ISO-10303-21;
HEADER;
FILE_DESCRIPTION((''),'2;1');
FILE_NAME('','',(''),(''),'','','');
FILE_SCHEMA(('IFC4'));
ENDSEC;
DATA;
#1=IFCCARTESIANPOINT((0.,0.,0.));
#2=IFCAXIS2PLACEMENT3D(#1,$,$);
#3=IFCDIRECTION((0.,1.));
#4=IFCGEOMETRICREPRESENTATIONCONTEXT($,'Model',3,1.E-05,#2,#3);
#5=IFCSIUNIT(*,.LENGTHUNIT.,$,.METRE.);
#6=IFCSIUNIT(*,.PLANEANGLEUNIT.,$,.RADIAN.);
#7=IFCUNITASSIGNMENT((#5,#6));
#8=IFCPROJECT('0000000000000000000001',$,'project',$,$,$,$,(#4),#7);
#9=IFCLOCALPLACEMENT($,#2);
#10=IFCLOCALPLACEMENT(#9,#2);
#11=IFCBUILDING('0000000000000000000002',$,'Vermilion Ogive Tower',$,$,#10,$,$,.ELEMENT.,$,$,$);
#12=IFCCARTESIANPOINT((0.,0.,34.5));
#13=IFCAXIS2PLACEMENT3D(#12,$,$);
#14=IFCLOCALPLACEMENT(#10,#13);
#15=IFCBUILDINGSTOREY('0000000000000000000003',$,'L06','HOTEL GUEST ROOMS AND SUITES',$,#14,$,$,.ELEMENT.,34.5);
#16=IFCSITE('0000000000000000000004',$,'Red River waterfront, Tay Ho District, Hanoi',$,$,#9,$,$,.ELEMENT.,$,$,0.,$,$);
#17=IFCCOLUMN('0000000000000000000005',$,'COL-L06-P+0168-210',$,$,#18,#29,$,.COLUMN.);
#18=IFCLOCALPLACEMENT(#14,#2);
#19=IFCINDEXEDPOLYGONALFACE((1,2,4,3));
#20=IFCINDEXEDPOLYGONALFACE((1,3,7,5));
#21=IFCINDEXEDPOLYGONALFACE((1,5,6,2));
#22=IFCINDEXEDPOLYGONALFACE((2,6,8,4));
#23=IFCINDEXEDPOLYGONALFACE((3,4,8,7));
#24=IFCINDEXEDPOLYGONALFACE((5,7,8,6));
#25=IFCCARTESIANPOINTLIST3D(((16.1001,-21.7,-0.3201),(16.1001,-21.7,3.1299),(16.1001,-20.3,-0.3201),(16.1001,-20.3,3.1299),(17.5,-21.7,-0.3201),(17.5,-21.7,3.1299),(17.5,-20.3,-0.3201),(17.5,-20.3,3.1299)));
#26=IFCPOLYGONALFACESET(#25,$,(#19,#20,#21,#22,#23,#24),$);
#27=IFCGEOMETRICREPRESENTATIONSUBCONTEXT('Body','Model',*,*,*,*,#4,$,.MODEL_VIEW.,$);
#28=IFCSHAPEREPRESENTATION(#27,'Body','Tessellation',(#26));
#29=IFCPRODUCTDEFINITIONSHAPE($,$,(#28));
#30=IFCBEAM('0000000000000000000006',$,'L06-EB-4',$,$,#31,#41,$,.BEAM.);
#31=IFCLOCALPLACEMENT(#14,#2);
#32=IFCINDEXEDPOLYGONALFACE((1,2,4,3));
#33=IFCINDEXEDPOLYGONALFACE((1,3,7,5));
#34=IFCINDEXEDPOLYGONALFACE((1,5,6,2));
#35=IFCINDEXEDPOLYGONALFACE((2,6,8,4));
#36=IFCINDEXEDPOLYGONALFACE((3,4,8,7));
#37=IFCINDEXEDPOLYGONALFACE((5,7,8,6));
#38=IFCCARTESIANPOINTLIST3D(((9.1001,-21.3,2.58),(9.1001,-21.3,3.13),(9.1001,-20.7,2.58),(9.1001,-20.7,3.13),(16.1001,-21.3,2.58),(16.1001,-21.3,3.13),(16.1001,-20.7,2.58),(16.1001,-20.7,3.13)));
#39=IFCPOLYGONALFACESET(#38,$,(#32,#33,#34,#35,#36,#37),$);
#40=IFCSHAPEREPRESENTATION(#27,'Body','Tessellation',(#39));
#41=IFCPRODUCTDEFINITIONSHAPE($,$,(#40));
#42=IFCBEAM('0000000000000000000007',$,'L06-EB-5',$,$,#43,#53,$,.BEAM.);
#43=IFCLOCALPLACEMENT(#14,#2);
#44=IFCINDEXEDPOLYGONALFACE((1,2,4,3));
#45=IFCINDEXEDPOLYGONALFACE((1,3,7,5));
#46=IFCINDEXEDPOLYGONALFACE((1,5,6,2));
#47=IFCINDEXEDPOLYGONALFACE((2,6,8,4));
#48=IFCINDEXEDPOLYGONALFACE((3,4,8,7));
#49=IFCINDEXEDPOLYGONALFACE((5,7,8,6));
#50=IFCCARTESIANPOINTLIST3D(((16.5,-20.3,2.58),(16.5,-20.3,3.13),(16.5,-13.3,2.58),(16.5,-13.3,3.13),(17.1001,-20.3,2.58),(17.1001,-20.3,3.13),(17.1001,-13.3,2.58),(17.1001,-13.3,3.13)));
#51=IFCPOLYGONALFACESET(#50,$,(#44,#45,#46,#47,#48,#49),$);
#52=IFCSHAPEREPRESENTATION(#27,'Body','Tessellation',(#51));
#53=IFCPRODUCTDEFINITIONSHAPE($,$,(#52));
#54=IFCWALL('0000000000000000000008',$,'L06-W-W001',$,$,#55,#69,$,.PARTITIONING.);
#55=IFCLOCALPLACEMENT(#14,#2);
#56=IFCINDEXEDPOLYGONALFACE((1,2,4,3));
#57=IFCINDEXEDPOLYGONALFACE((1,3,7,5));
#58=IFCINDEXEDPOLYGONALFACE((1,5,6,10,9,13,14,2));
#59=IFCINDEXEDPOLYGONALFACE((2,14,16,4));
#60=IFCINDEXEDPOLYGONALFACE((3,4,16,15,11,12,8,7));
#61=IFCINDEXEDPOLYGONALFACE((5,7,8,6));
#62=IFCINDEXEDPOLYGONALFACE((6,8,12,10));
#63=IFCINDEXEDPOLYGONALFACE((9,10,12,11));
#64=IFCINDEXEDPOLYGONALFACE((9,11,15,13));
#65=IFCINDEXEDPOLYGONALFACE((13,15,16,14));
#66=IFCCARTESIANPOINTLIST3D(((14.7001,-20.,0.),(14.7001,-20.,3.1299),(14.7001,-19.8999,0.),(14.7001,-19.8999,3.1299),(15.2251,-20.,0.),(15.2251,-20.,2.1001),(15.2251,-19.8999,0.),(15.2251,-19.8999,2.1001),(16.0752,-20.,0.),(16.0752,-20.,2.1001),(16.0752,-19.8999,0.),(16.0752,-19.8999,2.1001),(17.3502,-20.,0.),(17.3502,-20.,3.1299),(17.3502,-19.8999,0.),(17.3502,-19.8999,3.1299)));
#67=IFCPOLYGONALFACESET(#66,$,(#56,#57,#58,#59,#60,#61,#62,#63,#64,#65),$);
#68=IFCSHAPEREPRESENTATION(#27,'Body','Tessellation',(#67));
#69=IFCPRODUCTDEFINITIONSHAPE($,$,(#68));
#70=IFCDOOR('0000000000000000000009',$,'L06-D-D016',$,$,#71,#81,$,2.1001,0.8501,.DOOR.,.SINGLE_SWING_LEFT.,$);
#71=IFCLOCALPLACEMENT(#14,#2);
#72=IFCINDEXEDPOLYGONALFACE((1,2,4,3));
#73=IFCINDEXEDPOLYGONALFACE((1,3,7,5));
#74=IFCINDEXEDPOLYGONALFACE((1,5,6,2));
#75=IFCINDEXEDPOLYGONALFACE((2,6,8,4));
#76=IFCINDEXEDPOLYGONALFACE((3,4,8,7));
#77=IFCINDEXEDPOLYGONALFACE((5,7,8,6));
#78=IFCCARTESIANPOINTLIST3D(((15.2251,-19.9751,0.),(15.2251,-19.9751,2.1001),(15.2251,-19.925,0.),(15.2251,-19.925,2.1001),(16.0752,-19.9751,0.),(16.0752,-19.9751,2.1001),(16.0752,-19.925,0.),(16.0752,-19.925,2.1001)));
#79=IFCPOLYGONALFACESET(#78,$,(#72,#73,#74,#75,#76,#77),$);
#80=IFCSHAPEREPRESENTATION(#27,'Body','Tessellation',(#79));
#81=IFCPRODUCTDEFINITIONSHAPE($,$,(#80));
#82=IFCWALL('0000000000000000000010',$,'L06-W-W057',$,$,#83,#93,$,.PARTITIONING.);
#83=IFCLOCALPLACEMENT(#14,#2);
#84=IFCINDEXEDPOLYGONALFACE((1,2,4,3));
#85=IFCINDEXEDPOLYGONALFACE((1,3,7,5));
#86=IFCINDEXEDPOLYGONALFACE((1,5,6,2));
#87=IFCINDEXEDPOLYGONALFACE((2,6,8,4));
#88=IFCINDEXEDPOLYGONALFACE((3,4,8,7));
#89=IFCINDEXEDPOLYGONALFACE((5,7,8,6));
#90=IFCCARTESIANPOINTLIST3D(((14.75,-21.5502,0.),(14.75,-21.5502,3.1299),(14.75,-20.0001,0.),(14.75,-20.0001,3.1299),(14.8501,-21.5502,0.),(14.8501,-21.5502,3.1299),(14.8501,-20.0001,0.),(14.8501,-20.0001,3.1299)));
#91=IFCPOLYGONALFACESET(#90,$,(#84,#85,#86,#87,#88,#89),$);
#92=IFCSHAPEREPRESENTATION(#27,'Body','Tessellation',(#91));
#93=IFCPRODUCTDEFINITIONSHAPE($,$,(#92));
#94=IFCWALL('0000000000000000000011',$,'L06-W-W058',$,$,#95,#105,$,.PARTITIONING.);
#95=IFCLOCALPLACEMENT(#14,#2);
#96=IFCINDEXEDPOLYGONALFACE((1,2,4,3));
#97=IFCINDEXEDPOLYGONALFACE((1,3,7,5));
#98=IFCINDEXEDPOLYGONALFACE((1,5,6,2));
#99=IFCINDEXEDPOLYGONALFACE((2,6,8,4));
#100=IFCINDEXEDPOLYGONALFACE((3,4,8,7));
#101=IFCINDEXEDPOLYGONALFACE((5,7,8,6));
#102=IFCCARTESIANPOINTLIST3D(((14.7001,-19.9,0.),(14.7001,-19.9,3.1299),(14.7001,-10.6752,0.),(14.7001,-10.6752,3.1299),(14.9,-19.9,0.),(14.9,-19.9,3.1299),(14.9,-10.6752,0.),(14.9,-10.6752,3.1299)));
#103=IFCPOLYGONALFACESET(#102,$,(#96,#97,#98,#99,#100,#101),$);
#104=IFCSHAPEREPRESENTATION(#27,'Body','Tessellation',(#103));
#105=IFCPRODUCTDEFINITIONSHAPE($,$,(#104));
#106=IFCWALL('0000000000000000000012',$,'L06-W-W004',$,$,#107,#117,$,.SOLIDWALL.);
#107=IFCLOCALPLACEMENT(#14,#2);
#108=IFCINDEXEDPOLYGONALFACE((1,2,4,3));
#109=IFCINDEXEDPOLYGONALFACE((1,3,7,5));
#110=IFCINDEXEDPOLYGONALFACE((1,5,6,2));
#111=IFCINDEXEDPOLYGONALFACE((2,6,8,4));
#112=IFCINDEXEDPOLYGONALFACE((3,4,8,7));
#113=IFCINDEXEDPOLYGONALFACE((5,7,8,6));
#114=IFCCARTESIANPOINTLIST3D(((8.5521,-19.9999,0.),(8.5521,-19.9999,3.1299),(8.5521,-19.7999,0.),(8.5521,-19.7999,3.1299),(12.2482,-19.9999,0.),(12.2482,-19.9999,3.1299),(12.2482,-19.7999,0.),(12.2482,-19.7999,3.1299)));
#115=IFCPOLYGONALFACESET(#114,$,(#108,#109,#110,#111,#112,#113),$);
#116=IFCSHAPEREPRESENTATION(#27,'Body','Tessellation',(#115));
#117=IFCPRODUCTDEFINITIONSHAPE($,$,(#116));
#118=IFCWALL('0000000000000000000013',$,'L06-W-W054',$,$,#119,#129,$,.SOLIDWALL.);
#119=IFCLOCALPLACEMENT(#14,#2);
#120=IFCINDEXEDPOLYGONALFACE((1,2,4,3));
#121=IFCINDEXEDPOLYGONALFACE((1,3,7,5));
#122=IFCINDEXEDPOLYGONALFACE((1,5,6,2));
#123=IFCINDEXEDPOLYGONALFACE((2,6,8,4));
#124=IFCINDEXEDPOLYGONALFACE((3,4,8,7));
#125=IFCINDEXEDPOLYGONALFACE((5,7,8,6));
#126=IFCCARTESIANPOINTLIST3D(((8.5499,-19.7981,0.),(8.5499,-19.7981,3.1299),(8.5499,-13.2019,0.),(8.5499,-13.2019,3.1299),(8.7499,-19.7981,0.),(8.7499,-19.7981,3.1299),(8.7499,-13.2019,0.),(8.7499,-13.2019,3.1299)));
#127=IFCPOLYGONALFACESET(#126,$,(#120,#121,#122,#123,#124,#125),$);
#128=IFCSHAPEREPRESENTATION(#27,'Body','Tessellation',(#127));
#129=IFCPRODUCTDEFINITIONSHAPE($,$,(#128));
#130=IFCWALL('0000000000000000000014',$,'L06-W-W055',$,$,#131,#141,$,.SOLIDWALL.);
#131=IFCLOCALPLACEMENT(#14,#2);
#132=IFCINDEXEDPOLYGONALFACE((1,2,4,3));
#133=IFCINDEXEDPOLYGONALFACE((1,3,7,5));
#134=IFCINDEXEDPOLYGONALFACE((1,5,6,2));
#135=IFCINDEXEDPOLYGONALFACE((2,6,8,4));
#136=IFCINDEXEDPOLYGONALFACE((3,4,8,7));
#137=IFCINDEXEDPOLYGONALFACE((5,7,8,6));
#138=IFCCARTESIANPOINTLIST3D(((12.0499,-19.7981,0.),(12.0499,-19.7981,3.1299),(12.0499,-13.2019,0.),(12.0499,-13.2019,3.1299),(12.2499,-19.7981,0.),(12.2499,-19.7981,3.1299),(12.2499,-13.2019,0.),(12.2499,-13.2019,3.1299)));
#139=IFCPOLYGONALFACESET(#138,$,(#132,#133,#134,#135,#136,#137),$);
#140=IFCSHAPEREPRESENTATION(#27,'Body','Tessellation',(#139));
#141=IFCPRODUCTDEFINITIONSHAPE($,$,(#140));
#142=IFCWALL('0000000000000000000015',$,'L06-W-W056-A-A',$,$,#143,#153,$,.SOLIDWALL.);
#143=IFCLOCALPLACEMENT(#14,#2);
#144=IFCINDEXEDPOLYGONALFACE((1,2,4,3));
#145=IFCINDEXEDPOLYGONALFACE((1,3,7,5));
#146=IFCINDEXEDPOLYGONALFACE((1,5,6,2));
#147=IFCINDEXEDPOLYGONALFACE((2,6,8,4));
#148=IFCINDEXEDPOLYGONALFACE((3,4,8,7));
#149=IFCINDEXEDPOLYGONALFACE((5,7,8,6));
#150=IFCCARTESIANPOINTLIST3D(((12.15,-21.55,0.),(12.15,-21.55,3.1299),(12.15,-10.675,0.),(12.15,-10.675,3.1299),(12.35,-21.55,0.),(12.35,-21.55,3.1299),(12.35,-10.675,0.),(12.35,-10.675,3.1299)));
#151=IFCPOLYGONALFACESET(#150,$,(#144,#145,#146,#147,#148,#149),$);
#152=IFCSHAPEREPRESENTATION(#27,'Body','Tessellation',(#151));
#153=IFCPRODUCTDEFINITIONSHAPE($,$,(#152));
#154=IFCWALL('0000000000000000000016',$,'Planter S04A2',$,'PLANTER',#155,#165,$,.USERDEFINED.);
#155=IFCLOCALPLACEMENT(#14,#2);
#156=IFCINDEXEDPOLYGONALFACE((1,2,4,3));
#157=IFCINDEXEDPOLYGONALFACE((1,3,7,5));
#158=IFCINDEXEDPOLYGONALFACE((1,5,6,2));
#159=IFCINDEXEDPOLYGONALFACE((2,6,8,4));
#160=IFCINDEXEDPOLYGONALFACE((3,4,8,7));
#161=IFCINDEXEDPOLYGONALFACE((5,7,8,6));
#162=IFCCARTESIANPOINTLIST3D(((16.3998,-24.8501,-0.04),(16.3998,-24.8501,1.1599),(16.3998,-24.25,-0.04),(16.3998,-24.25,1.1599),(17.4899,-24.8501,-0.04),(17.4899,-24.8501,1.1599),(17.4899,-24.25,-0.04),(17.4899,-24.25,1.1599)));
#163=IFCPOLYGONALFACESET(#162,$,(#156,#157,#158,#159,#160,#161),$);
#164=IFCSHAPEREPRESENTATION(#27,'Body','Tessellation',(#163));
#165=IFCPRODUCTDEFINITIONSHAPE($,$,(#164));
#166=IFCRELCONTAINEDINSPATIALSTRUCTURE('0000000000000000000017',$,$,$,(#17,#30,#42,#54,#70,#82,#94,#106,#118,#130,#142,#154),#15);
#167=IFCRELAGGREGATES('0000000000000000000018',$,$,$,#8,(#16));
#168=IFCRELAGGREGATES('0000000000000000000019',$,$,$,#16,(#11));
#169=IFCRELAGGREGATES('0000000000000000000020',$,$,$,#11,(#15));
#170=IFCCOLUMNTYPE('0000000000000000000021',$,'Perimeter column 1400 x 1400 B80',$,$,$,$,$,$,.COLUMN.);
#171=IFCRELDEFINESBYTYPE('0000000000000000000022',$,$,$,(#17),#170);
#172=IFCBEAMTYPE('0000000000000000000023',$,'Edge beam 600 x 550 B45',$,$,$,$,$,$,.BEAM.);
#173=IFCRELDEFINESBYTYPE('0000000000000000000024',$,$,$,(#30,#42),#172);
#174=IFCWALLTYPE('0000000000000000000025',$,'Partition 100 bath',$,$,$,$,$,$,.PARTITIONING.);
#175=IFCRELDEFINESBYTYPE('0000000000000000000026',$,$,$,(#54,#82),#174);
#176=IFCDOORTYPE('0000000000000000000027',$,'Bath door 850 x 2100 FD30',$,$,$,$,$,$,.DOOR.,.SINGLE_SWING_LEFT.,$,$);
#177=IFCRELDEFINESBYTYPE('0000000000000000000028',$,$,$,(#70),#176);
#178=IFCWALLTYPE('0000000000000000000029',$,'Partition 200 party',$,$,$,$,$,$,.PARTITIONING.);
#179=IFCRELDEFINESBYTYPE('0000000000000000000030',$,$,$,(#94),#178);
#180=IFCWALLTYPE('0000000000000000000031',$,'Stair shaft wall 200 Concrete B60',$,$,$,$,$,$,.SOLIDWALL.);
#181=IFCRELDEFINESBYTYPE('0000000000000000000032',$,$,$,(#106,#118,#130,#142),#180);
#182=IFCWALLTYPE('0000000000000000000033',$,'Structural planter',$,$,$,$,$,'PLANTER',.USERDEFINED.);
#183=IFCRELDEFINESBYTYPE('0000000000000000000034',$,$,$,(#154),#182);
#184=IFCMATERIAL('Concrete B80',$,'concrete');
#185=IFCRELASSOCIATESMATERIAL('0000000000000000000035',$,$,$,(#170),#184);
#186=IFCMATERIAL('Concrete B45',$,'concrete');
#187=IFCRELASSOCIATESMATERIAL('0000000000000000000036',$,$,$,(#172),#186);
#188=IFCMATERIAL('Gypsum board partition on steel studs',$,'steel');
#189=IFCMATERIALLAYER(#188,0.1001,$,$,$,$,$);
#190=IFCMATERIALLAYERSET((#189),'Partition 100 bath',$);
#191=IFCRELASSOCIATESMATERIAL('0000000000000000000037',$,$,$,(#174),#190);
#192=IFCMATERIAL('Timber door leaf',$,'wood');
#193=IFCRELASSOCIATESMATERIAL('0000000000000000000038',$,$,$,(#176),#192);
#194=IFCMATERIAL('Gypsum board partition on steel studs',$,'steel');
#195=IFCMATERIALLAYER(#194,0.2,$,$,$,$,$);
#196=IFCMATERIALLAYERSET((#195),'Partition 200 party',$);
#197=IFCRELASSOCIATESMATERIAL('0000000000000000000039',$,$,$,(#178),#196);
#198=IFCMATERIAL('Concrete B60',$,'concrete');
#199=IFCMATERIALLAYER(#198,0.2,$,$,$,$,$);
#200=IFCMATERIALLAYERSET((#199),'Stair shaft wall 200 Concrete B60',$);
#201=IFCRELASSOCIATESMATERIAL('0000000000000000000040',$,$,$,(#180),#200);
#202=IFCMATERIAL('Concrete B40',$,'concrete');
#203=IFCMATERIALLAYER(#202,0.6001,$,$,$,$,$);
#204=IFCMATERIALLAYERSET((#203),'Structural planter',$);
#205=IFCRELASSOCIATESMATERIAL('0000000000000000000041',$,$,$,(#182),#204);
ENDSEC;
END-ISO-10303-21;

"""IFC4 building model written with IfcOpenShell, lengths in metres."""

from ifc_helpers import new_model, si_unit, direction, frame, frame_2d, origin, origin_2d, place, context, subcontext, project, spatial, rectangle, extrude, material, layer, layer_set, material_profile, profile_set, type_object, element, fill, save


model = new_model("IFC4")

# Units and contexts
model_context = context("Model", 3, precision=1e-05, world=origin(), true_north=direction((0.0, 1.0)))
body_context = subcontext(model_context, "Body", "Model", "MODEL_VIEW")
ifc_project = project(units=[si_unit("LENGTHUNIT", "METRE"), si_unit("PLANEANGLEUNIT", "RADIAN")], contexts=[model_context])

# Site, building, storey
site_placement = place(None, origin())
site = spatial("IfcSite", under=ifc_project, at=site_placement, Name="Red River waterfront, Tay Ho District, Hanoi", CompositionType="ELEMENT", RefElevation=0.0)
building_placement = place(site_placement, origin())
building = spatial("IfcBuilding", under=site, at=building_placement, Name="Vermilion Ogive Tower", CompositionType="ELEMENT")
storey_placement = place(building_placement, frame((0.0, 0.0, 34.5)))
storey = spatial("IfcBuildingStorey", under=building, at=storey_placement, Name="L06", Description="HOTEL GUEST ROOMS AND SUITES", CompositionType="ELEMENT", Elevation=34.5)

# Column
ifc_material_1 = material(Name="Concrete B80", Category="concrete")
ifc_material_profile_1 = material_profile(ifc_material_1, rectangle(XDim=1.3999, YDim=1.3999, at=origin_2d()), Name="1400 x 1400")
ifc_profile_set_1 = profile_set([ifc_material_profile_1], Name="Concrete B80")
column_type = type_object("IfcColumnType", Name="Perimeter column 1400 x 1400 B80", PredefinedType="COLUMN", material=ifc_profile_set_1)
column_placement = place(storey_placement, frame((16.8, -21.0, -0.3201), z_axis=(0.0, 0.0, 1.0), x_axis=(1.0, 0.0, 0.0)))
element("IfcColumn", 1, at=column_placement, inside=storey, type_object=column_type, Name="COL-L06-P+0168-210", PredefinedType="COLUMN", context=body_context, shape_type="SweptSolid", body=[
    extrude(rectangle(XDim=1.3999, YDim=1.3999, at=origin_2d()), origin(), (0.0, 0.0, 1.0), 3.45),
])

# Beams
ifc_material_2 = material(Name="Concrete B45", Category="concrete")
ifc_material_profile_2 = material_profile(ifc_material_2, rectangle(XDim=0.6001, YDim=0.55, at=origin_2d()), Name="600 x 550")
ifc_profile_set_2 = profile_set([ifc_material_profile_2], Name="Concrete B45")
beam_type = type_object("IfcBeamType", Name="Edge beam 600 x 550 B45", PredefinedType="BEAM", material=ifc_profile_set_2)
for number, where, z_axis, x_axis, name in (
    (2, (9.1001, -21.0, 2.855), (1.0, 0.0, 0.0), (0.0, 1.0, 0.0), "L06-EB-4"),
    (3, (16.8, -20.3, 2.855), (0.0, 1.0, 0.0), (-1.0, 0.0, 0.0), "L06-EB-5"),
):
    element("IfcBeam", number, at=place(storey_placement, frame(where, z_axis=z_axis, x_axis=x_axis)), inside=storey, type_object=beam_type, Name=name, PredefinedType="BEAM", context=body_context, shape_type="SweptSolid", body=[
        extrude(rectangle(XDim=0.6001, YDim=0.55, at=origin_2d()), origin(), (0.0, 0.0, 1.0), 7.0),
    ])

# Wall, opening, door
ifc_material_3 = material(Name="Gypsum board partition on steel studs", Category="steel")
ifc_layer_1 = layer(ifc_material_3, 0.1001)
ifc_layer_set_1 = layer_set([ifc_layer_1], Name="Partition 100 bath")
wall_type_1 = type_object("IfcWallType", Name="Partition 100 bath", PredefinedType="PARTITIONING", material=ifc_layer_set_1)
wall_1_placement = place(storey_placement, frame((14.7, -19.95, 0.0), z_axis=(0.0, 0.0, 1.0), x_axis=(1.0, 0.0, 0.0)))
wall_1 = element("IfcWall", 4, at=wall_1_placement, inside=storey, type_object=wall_type_1, Name="L06-W-W001", PredefinedType="PARTITIONING", context=body_context, shape_type="SweptSolid", body=[
    extrude(rectangle(XDim=2.6501, YDim=0.1001, at=frame_2d((1.3252, 0.0))), origin(), (0.0, 0.0, 1.0), 3.1299),
])
opening_1_placement = place(wall_1_placement, frame((0.5251, 0.0, 0.0)))
opening_1 = element("IfcOpeningElement", 5, at=opening_1_placement, cuts=wall_1, PredefinedType="OPENING", context=body_context, shape_type="SweptSolid", body=[
    extrude(rectangle(XDim=0.8501, YDim=2.1001, at=frame_2d((0.425, 1.05))), frame((0.0, 0.0601, 0.0), z_axis=(0.0, -1.0, 0.0), x_axis=(1.0, 0.0, 0.0)), (0.0, 0.0, 1.0), 0.1201),
])
ifc_material_4 = material(Name="Timber door leaf", Category="wood")
door_type_1 = type_object("IfcDoorType", Name="Bath door 850 x 2100 FD30", OperationType="SINGLE_SWING_LEFT", PredefinedType="DOOR", material=ifc_material_4)
door_1_placement = place(opening_1_placement, origin())
door_1 = element("IfcDoor", 6, at=door_1_placement, inside=storey, type_object=door_type_1, Name="L06-D-D016", OperationType="SINGLE_SWING_LEFT", OverallHeight=2.1001, OverallWidth=0.8501, PredefinedType="DOOR", context=body_context, shape_type="SweptSolid", body=[
    extrude(rectangle(XDim=0.8501, YDim=2.1001, at=frame_2d((0.425, 1.05))), frame((0.0, 0.0249, 0.0), z_axis=(0.0, -1.0, 0.0), x_axis=(1.0, 0.0, 0.0)), (0.0, 0.0, 1.0), 0.05),
])
fill(opening_1, door_1)

# Walls
wall_2_placement = place(storey_placement, frame((14.8, -21.55, 0.0), z_axis=(0.0, 0.0, 1.0), x_axis=(0.0, 1.0, 0.0)))
element("IfcWall", 7, at=wall_2_placement, inside=storey, type_object=wall_type_1, Name="L06-W-W057", PredefinedType="PARTITIONING", context=body_context, shape_type="SweptSolid", body=[
    extrude(rectangle(XDim=1.55, YDim=0.1001, at=frame_2d((0.7749, 0.0))), origin(), (0.0, 0.0, 1.0), 3.1299),
])
ifc_material_5 = material(Name="Gypsum board partition on steel studs", Category="steel")
ifc_layer_2 = layer(ifc_material_5, 0.2)
ifc_layer_set_2 = layer_set([ifc_layer_2], Name="Partition 200 party")
wall_type_2 = type_object("IfcWallType", Name="Partition 200 party", PredefinedType="PARTITIONING", material=ifc_layer_set_2)
wall_3_placement = place(storey_placement, frame((14.8, -19.8999, 0.0), z_axis=(0.0, 0.0, 1.0), x_axis=(0.0, 1.0, 0.0)))
element("IfcWall", 8, at=wall_3_placement, inside=storey, type_object=wall_type_2, Name="L06-W-W058", PredefinedType="PARTITIONING", context=body_context, shape_type="SweptSolid", body=[
    extrude(rectangle(XDim=9.2249, YDim=0.2, at=frame_2d((4.6123, 0.0))), origin(), (0.0, 0.0, 1.0), 3.1299),
])
ifc_material_6 = material(Name="Concrete B60", Category="concrete")
ifc_layer_3 = layer(ifc_material_6, 0.2)
ifc_layer_set_3 = layer_set([ifc_layer_3], Name="Stair shaft wall 200 Concrete B60")
wall_type_3 = type_object("IfcWallType", Name="Stair shaft wall 200 Concrete B60", PredefinedType="SOLIDWALL", material=ifc_layer_set_3)
wall_4_placement = place(storey_placement, frame((8.552, -19.8999, 0.0), z_axis=(0.0, 0.0, 1.0), x_axis=(1.0, 0.0, 0.0)))
element("IfcWall", 9, at=wall_4_placement, inside=storey, type_object=wall_type_3, Name="L06-W-W004", PredefinedType="SOLIDWALL", context=body_context, shape_type="SweptSolid", body=[
    extrude(rectangle(XDim=3.696, YDim=0.2, at=frame_2d((1.8481, 0.0))), origin(), (0.0, 0.0, 1.0), 3.1299),
])
for number, where, z_axis, x_axis, name in (
    (10, (8.6499, -19.7981, 0.0), (0.0, 0.0, 1.0), (0.0, 1.0, 0.0), "L06-W-W054"),
    (11, (12.1499, -19.7981, 0.0), (0.0, 0.0, 1.0), (0.0, 1.0, 0.0), "L06-W-W055"),
):
    element("IfcWall", number, at=place(storey_placement, frame(where, z_axis=z_axis, x_axis=x_axis)), inside=storey, type_object=wall_type_3, Name=name, PredefinedType="SOLIDWALL", context=body_context, shape_type="SweptSolid", body=[
        extrude(rectangle(XDim=6.5962, YDim=0.2, at=frame_2d((3.2981, 0.0))), origin(), (0.0, 0.0, 1.0), 3.1299),
    ])
wall_5_placement = place(storey_placement, frame((12.25, -21.55, 0.0), z_axis=(0.0, 0.0, 1.0), x_axis=(0.0, 1.0, 0.0)))
element("IfcWall", 12, at=wall_5_placement, inside=storey, type_object=wall_type_3, Name="L06-W-W056-A-A", PredefinedType="SOLIDWALL", context=body_context, shape_type="SweptSolid", body=[
    extrude(rectangle(XDim=10.875, YDim=0.2, at=frame_2d((5.4375, 0.0))), origin(), (0.0, 0.0, 1.0), 3.1299),
])
ifc_material_7 = material(Name="Concrete B40", Category="concrete")
ifc_layer_4 = layer(ifc_material_7, 0.6001)
ifc_layer_set_4 = layer_set([ifc_layer_4], Name="Structural planter")
wall_type_4 = type_object("IfcWallType", Name="Structural planter", ElementType="PLANTER", PredefinedType="USERDEFINED", material=ifc_layer_set_4)
wall_6_placement = place(storey_placement, frame((16.3999, -24.55, -0.04), z_axis=(0.0, 0.0, 1.0), x_axis=(1.0, 0.0, 0.0)))
element("IfcWall", 13, at=wall_6_placement, inside=storey, type_object=wall_type_4, Name="Planter S04A2", ObjectType="PLANTER", PredefinedType="USERDEFINED", context=body_context, shape_type="SweptSolid", body=[
    extrude(rectangle(XDim=1.0901, YDim=0.6001, at=frame_2d((0.5449, 0.0))), origin(), (0.0, 0.0, 1.0), 1.2),
])

save(model, "model.ifc")
